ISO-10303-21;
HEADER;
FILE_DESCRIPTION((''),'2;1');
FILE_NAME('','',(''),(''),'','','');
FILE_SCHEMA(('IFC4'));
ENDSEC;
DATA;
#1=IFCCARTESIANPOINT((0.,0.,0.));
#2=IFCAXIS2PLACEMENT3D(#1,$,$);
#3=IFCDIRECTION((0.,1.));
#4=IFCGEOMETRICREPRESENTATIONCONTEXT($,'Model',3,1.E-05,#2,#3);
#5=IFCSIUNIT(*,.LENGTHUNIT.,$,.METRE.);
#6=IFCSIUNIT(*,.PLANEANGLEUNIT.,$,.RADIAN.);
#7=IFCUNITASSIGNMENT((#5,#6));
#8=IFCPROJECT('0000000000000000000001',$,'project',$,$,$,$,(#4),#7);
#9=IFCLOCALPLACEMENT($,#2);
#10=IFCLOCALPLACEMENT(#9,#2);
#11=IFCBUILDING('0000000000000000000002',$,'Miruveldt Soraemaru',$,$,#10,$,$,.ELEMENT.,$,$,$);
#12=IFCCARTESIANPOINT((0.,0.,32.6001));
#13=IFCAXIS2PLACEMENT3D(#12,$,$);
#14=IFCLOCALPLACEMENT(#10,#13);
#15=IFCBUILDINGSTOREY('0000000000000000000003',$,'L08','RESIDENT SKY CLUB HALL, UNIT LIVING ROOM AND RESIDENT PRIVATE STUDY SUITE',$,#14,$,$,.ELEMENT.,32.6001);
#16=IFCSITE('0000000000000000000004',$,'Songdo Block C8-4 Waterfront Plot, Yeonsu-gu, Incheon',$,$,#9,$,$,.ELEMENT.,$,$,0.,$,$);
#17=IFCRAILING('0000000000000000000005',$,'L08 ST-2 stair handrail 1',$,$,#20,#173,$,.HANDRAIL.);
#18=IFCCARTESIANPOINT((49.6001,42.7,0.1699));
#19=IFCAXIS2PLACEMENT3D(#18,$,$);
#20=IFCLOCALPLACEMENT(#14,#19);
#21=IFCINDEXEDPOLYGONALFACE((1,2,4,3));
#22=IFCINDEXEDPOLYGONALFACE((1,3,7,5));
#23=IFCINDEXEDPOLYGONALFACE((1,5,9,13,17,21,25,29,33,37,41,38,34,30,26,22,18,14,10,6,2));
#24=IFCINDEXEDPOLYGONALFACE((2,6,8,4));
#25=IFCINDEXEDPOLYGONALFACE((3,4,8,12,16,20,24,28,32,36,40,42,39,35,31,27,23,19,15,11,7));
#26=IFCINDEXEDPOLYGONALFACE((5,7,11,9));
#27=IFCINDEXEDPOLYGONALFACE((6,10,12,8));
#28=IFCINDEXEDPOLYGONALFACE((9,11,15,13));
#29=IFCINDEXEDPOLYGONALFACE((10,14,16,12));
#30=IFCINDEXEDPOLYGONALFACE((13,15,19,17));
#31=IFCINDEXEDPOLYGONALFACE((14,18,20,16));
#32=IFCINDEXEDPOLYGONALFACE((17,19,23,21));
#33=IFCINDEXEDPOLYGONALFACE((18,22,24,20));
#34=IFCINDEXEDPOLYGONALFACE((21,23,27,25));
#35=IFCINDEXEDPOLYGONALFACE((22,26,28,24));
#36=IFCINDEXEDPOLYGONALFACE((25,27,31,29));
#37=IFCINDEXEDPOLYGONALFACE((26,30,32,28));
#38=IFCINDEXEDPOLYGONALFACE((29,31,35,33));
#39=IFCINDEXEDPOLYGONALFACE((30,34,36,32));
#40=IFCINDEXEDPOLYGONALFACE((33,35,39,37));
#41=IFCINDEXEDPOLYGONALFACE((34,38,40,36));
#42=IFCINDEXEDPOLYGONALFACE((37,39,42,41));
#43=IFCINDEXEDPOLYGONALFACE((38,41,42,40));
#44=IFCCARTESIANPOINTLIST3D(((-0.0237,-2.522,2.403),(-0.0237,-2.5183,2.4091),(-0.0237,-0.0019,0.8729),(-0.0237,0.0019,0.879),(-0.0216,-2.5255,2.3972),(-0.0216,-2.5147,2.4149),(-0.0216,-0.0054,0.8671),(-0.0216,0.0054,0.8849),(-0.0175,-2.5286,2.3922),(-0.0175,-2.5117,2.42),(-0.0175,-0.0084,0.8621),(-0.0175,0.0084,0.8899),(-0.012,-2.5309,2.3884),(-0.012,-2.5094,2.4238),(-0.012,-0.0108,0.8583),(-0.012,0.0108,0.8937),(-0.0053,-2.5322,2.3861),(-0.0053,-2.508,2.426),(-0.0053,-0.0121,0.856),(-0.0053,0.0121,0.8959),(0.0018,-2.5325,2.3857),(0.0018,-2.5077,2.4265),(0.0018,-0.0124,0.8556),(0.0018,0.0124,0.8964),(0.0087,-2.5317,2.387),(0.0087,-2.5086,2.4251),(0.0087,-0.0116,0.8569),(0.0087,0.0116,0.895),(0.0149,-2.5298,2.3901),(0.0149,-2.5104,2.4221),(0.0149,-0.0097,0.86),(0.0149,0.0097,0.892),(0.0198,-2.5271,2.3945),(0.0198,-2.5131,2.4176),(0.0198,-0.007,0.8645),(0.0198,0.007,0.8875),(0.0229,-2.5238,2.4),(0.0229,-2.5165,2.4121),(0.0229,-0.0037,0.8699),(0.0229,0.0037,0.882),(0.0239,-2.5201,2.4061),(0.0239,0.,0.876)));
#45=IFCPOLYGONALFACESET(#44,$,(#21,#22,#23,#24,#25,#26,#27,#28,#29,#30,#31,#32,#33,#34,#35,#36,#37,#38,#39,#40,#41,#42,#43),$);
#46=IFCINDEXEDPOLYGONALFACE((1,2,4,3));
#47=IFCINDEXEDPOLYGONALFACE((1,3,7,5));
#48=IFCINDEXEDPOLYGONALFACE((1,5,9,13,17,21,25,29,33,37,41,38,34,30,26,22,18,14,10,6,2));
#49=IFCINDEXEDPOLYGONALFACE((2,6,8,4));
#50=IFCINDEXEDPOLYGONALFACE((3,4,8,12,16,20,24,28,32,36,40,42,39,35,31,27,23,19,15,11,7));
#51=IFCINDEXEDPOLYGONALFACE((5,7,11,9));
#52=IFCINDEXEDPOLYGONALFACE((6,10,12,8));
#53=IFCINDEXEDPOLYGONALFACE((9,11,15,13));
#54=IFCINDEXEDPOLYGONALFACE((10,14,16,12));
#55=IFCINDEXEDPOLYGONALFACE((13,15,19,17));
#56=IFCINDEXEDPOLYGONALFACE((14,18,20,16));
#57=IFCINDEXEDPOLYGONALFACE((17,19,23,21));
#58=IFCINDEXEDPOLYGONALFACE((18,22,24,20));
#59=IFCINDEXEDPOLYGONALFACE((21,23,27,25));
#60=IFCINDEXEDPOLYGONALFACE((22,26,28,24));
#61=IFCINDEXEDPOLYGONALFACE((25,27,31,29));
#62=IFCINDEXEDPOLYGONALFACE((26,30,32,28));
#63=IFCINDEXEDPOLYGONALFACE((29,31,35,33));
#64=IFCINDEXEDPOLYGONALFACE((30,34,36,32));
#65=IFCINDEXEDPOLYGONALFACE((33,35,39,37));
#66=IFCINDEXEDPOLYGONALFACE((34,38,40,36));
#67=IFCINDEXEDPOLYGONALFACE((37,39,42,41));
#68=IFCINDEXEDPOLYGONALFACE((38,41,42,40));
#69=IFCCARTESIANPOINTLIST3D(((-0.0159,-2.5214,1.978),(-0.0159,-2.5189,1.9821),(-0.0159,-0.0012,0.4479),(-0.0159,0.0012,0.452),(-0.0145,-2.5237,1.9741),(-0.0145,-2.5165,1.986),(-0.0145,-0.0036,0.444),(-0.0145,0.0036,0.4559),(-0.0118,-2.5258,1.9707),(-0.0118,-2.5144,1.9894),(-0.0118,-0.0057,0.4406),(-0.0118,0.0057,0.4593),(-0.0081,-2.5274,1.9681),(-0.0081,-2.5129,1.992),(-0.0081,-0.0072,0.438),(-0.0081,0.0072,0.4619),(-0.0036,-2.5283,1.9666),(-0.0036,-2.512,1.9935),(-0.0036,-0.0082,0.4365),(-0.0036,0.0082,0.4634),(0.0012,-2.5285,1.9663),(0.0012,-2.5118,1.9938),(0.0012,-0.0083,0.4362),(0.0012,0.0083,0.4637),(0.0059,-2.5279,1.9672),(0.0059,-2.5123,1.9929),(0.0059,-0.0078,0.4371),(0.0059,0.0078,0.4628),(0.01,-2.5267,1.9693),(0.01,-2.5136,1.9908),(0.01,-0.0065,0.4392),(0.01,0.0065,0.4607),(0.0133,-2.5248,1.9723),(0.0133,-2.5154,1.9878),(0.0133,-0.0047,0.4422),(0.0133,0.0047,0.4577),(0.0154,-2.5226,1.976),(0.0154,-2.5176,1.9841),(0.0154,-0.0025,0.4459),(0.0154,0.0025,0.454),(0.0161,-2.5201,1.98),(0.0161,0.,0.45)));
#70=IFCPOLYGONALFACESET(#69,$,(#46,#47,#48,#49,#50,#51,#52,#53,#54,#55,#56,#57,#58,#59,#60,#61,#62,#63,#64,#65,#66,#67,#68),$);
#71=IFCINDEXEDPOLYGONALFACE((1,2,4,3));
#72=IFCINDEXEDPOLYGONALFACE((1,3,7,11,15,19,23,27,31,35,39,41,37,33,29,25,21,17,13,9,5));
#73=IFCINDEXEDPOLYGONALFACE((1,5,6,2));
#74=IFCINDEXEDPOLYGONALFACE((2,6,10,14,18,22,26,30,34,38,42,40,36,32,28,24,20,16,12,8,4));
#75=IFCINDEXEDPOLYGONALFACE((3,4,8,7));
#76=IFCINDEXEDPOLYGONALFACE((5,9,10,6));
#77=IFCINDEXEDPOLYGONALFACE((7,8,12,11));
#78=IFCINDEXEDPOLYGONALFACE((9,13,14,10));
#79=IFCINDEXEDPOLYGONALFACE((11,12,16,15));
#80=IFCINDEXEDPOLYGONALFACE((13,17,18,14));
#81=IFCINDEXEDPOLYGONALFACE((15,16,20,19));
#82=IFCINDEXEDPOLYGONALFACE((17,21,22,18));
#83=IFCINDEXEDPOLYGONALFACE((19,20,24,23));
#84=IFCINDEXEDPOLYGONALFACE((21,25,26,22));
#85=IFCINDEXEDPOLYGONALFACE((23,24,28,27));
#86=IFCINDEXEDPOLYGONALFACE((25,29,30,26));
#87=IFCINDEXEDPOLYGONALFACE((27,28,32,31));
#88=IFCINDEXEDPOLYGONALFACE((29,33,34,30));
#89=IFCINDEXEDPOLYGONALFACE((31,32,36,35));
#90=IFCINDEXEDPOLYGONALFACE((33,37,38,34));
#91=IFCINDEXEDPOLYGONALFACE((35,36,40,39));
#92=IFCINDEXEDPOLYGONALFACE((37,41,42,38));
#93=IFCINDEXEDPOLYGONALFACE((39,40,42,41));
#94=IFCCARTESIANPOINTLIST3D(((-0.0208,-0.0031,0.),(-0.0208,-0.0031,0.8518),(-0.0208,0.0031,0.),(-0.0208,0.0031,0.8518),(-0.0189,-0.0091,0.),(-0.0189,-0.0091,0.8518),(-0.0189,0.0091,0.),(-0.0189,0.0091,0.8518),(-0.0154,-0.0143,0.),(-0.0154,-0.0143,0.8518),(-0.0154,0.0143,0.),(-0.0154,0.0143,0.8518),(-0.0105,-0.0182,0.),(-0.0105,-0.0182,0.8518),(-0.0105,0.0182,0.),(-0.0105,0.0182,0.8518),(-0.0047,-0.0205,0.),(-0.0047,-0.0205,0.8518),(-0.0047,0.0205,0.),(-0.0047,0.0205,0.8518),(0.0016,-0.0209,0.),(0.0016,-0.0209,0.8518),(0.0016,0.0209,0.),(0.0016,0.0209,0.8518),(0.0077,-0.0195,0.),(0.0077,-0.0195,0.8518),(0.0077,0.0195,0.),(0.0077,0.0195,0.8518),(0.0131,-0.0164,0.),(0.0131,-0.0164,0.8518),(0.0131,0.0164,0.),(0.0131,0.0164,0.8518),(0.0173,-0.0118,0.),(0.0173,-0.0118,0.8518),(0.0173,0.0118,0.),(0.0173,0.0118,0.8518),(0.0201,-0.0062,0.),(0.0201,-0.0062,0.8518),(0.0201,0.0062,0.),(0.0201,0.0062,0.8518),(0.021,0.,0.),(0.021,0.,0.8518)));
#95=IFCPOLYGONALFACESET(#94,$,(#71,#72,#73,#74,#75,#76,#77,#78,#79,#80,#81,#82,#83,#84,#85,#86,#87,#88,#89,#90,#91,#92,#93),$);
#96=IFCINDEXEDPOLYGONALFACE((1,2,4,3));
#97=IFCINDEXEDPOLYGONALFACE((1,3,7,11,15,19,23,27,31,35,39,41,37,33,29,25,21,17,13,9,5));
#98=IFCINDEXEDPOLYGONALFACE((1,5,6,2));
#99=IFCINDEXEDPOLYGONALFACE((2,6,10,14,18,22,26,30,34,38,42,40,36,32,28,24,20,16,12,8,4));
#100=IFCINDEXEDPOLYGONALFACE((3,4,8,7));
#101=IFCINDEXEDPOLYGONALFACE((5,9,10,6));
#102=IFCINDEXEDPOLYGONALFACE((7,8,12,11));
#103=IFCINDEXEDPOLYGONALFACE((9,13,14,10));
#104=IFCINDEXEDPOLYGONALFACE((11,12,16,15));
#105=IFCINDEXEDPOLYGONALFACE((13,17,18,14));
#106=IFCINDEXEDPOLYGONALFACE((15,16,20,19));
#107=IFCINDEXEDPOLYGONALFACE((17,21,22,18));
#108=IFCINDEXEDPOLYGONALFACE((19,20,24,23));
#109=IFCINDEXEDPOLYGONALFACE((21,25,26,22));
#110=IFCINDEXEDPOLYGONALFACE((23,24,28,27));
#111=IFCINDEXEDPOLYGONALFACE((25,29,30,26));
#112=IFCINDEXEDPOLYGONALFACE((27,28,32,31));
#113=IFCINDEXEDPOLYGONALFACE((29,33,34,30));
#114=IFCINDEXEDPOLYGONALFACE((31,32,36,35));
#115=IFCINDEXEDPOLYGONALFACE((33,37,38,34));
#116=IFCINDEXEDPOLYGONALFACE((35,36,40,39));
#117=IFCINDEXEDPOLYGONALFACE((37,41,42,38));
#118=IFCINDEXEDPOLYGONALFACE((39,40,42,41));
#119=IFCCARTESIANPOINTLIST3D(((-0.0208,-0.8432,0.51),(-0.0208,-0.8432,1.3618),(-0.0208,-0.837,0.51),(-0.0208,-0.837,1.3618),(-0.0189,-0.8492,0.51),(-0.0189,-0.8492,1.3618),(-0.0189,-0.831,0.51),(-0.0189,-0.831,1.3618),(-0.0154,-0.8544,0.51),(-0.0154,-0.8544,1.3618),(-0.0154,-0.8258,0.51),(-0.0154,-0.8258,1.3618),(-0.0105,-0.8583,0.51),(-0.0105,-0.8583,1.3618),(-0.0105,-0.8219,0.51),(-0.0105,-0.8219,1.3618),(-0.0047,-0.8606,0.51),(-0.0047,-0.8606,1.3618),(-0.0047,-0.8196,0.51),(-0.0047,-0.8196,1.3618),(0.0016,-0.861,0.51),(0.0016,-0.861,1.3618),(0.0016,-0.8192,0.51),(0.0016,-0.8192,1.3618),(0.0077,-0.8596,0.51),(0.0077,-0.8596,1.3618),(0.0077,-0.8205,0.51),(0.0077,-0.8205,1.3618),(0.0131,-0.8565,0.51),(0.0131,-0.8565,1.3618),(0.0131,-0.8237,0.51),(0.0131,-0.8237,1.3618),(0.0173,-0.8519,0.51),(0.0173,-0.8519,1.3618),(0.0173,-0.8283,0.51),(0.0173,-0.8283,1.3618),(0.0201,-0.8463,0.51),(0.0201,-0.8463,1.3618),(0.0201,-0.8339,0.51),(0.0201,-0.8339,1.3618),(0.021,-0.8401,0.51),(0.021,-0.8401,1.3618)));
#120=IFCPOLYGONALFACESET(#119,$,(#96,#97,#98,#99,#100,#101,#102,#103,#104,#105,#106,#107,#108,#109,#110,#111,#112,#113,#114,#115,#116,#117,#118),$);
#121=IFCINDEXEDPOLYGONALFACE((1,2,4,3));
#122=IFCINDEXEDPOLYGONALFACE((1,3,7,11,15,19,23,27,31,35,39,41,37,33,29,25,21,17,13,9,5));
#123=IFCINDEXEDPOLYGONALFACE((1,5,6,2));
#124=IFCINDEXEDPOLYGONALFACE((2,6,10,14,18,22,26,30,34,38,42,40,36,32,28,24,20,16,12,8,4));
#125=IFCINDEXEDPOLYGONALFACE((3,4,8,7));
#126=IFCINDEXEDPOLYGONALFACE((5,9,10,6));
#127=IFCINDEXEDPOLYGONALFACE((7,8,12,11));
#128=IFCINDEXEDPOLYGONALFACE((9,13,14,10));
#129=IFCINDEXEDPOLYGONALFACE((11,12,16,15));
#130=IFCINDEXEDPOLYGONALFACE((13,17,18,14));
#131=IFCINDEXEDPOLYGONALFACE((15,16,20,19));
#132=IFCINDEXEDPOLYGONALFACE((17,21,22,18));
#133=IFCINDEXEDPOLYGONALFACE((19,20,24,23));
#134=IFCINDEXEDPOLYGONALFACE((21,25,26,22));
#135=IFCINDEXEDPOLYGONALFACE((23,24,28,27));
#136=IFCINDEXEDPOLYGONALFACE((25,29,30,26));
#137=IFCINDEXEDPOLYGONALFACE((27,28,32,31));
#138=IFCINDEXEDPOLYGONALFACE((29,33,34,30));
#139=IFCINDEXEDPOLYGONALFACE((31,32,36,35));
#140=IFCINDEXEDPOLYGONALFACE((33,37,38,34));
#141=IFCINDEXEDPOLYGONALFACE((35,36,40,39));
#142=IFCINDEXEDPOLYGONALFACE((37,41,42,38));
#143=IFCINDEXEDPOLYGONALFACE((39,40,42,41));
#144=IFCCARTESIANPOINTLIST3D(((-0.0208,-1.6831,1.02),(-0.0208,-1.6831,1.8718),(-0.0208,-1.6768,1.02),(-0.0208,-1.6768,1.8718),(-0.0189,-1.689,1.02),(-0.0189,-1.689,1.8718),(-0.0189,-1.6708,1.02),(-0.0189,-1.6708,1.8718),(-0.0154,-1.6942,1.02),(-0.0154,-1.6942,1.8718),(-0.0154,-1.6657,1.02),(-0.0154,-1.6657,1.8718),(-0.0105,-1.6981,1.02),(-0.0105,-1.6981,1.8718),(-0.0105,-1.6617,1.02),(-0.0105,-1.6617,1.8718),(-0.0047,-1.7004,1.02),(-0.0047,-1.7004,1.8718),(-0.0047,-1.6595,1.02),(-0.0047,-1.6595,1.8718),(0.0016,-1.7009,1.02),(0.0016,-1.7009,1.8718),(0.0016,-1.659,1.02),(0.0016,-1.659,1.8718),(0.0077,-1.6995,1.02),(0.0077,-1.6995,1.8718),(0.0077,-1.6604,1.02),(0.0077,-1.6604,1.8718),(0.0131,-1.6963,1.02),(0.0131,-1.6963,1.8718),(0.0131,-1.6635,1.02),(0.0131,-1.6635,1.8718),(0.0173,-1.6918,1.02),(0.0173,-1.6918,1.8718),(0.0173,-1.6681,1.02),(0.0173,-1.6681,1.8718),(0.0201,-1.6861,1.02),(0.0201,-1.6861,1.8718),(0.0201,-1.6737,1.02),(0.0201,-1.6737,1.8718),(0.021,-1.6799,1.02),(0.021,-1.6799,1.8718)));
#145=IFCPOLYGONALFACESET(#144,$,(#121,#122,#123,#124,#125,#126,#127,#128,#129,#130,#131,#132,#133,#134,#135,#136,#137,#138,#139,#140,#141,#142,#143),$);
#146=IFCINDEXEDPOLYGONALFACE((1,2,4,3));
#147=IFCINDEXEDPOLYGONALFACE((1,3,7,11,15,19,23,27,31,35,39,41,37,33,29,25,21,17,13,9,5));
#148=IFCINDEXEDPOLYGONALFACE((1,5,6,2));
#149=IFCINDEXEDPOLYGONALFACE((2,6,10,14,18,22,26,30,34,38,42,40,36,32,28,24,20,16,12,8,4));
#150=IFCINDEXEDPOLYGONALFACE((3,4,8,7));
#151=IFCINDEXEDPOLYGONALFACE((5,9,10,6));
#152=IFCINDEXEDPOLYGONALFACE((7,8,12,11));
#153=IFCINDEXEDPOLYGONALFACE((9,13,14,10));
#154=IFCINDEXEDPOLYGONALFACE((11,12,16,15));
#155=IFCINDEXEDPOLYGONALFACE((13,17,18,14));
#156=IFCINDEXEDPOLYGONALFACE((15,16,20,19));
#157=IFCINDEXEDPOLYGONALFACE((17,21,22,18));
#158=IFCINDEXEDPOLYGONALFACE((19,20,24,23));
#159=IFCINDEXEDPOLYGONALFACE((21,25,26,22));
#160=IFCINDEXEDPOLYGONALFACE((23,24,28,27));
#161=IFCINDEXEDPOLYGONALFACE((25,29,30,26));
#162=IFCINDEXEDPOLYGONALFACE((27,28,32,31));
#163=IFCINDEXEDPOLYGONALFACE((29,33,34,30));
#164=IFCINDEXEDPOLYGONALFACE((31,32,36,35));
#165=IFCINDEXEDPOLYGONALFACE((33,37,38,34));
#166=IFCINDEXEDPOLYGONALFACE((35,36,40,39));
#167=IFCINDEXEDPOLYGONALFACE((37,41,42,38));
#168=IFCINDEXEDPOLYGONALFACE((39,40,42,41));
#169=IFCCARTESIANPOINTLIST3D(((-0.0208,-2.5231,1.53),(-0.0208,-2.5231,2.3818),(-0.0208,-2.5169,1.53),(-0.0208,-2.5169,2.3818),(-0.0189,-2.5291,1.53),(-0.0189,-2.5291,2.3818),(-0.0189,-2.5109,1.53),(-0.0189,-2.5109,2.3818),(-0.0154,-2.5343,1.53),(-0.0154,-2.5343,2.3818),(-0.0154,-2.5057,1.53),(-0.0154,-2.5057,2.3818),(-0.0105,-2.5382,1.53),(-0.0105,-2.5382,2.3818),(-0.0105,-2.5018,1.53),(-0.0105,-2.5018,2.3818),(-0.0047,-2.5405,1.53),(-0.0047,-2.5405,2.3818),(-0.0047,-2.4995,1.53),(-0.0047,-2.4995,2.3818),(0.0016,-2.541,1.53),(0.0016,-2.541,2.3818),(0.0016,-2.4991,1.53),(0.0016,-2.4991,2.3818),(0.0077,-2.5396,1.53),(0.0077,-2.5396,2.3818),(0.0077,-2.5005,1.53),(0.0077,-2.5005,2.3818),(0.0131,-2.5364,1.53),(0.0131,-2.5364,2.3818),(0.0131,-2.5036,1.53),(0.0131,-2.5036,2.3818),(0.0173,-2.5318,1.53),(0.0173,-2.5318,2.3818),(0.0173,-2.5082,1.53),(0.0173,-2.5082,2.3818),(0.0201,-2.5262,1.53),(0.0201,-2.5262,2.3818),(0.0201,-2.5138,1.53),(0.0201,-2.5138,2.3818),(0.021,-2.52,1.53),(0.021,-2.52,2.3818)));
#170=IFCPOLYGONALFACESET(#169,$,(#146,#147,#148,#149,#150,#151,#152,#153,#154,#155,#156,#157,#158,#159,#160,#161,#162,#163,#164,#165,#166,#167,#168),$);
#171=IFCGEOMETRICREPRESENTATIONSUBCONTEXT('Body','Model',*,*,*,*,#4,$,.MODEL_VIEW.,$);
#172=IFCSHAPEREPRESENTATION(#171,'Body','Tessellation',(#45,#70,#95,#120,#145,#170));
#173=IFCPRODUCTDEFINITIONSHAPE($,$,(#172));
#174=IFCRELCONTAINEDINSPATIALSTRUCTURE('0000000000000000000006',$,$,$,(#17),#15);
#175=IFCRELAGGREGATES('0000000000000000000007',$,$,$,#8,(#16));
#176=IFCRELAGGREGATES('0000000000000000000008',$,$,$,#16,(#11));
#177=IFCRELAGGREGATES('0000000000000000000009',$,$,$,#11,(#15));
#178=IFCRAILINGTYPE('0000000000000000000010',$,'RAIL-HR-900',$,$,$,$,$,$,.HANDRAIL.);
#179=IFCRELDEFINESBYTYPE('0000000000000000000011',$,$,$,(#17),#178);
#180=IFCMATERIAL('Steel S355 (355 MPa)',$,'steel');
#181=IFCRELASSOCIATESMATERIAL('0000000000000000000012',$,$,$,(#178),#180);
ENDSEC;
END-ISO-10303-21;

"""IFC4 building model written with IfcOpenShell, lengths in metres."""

from ifc_helpers import new_model, si_unit, direction, frame, origin, origin_2d, place, context, subcontext, project, spatial, circle, extrude, material, type_object, element, save


model = new_model("IFC4")

# Units and contexts
model_context = context("Model", 3, precision=1e-05, world=origin(), true_north=direction((0.0, 1.0)))
body_context = subcontext(model_context, "Body", "Model", "MODEL_VIEW")
ifc_project = project(units=[si_unit("LENGTHUNIT", "METRE"), si_unit("PLANEANGLEUNIT", "RADIAN")], contexts=[model_context])

# Site, building, storey
site_placement = place(None, origin())
site = spatial("IfcSite", under=ifc_project, at=site_placement, Name="Songdo Block C8-4 Waterfront Plot, Yeonsu-gu, Incheon", CompositionType="ELEMENT", RefElevation=0.0)
building_placement = place(site_placement, origin())
building = spatial("IfcBuilding", under=site, at=building_placement, Name="Miruveldt Soraemaru", CompositionType="ELEMENT")
storey_placement = place(building_placement, frame((0.0, 0.0, 32.6001)))
storey = spatial("IfcBuildingStorey", under=building, at=storey_placement, Name="L08", Description="RESIDENT SKY CLUB HALL, UNIT LIVING ROOM AND RESIDENT PRIVATE STUDY SUITE", CompositionType="ELEMENT", Elevation=32.6001)

# Railing
ifc_material_1 = material(Name="Steel S355 (355 MPa)", Category="steel")
railing_type_1 = type_object("IfcRailingType", Name="RAIL-HR-900", PredefinedType="HANDRAIL", material=ifc_material_1)
railing_1_placement = place(storey_placement, frame((49.6001, 42.7, 0.1699)))
element("IfcRailing", 1, at=railing_1_placement, inside=storey, type_object=railing_type_1, Name="L08 ST-2 stair handrail 1", PredefinedType="HANDRAIL", context=body_context, shape_type="SweptSolid", body=[
    extrude(circle(Radius=0.0239, at=origin_2d()), frame((0.0, 0.0, 0.876), z_axis=(0.0, -0.854785, 0.518982), x_axis=(1.0, 0.0, 0.0)), (0.0, 0.0, 1.0), 2.9482),
    extrude(circle(Radius=0.0161, at=origin_2d()), frame((0.0, 0.0, 0.45), z_axis=(0.0, -0.854785, 0.518982), x_axis=(1.0, 0.0, 0.0)), (0.0, 0.0, 1.0), 2.9482),
    extrude(circle(Radius=0.021, at=origin_2d()), origin(), (0.0, 0.0, 1.0), 0.8518),
    extrude(circle(Radius=0.021, at=origin_2d()), frame((0.0, -0.8401, 0.51)), (0.0, 0.0, 1.0), 0.8518),
    extrude(circle(Radius=0.021, at=origin_2d()), frame((0.0, -1.6799, 1.02)), (0.0, 0.0, 1.0), 0.8518),
    extrude(circle(Radius=0.021, at=origin_2d()), frame((0.0, -2.52, 1.53)), (0.0, 0.0, 1.0), 0.8518),
])

save(model, "model.ifc")
